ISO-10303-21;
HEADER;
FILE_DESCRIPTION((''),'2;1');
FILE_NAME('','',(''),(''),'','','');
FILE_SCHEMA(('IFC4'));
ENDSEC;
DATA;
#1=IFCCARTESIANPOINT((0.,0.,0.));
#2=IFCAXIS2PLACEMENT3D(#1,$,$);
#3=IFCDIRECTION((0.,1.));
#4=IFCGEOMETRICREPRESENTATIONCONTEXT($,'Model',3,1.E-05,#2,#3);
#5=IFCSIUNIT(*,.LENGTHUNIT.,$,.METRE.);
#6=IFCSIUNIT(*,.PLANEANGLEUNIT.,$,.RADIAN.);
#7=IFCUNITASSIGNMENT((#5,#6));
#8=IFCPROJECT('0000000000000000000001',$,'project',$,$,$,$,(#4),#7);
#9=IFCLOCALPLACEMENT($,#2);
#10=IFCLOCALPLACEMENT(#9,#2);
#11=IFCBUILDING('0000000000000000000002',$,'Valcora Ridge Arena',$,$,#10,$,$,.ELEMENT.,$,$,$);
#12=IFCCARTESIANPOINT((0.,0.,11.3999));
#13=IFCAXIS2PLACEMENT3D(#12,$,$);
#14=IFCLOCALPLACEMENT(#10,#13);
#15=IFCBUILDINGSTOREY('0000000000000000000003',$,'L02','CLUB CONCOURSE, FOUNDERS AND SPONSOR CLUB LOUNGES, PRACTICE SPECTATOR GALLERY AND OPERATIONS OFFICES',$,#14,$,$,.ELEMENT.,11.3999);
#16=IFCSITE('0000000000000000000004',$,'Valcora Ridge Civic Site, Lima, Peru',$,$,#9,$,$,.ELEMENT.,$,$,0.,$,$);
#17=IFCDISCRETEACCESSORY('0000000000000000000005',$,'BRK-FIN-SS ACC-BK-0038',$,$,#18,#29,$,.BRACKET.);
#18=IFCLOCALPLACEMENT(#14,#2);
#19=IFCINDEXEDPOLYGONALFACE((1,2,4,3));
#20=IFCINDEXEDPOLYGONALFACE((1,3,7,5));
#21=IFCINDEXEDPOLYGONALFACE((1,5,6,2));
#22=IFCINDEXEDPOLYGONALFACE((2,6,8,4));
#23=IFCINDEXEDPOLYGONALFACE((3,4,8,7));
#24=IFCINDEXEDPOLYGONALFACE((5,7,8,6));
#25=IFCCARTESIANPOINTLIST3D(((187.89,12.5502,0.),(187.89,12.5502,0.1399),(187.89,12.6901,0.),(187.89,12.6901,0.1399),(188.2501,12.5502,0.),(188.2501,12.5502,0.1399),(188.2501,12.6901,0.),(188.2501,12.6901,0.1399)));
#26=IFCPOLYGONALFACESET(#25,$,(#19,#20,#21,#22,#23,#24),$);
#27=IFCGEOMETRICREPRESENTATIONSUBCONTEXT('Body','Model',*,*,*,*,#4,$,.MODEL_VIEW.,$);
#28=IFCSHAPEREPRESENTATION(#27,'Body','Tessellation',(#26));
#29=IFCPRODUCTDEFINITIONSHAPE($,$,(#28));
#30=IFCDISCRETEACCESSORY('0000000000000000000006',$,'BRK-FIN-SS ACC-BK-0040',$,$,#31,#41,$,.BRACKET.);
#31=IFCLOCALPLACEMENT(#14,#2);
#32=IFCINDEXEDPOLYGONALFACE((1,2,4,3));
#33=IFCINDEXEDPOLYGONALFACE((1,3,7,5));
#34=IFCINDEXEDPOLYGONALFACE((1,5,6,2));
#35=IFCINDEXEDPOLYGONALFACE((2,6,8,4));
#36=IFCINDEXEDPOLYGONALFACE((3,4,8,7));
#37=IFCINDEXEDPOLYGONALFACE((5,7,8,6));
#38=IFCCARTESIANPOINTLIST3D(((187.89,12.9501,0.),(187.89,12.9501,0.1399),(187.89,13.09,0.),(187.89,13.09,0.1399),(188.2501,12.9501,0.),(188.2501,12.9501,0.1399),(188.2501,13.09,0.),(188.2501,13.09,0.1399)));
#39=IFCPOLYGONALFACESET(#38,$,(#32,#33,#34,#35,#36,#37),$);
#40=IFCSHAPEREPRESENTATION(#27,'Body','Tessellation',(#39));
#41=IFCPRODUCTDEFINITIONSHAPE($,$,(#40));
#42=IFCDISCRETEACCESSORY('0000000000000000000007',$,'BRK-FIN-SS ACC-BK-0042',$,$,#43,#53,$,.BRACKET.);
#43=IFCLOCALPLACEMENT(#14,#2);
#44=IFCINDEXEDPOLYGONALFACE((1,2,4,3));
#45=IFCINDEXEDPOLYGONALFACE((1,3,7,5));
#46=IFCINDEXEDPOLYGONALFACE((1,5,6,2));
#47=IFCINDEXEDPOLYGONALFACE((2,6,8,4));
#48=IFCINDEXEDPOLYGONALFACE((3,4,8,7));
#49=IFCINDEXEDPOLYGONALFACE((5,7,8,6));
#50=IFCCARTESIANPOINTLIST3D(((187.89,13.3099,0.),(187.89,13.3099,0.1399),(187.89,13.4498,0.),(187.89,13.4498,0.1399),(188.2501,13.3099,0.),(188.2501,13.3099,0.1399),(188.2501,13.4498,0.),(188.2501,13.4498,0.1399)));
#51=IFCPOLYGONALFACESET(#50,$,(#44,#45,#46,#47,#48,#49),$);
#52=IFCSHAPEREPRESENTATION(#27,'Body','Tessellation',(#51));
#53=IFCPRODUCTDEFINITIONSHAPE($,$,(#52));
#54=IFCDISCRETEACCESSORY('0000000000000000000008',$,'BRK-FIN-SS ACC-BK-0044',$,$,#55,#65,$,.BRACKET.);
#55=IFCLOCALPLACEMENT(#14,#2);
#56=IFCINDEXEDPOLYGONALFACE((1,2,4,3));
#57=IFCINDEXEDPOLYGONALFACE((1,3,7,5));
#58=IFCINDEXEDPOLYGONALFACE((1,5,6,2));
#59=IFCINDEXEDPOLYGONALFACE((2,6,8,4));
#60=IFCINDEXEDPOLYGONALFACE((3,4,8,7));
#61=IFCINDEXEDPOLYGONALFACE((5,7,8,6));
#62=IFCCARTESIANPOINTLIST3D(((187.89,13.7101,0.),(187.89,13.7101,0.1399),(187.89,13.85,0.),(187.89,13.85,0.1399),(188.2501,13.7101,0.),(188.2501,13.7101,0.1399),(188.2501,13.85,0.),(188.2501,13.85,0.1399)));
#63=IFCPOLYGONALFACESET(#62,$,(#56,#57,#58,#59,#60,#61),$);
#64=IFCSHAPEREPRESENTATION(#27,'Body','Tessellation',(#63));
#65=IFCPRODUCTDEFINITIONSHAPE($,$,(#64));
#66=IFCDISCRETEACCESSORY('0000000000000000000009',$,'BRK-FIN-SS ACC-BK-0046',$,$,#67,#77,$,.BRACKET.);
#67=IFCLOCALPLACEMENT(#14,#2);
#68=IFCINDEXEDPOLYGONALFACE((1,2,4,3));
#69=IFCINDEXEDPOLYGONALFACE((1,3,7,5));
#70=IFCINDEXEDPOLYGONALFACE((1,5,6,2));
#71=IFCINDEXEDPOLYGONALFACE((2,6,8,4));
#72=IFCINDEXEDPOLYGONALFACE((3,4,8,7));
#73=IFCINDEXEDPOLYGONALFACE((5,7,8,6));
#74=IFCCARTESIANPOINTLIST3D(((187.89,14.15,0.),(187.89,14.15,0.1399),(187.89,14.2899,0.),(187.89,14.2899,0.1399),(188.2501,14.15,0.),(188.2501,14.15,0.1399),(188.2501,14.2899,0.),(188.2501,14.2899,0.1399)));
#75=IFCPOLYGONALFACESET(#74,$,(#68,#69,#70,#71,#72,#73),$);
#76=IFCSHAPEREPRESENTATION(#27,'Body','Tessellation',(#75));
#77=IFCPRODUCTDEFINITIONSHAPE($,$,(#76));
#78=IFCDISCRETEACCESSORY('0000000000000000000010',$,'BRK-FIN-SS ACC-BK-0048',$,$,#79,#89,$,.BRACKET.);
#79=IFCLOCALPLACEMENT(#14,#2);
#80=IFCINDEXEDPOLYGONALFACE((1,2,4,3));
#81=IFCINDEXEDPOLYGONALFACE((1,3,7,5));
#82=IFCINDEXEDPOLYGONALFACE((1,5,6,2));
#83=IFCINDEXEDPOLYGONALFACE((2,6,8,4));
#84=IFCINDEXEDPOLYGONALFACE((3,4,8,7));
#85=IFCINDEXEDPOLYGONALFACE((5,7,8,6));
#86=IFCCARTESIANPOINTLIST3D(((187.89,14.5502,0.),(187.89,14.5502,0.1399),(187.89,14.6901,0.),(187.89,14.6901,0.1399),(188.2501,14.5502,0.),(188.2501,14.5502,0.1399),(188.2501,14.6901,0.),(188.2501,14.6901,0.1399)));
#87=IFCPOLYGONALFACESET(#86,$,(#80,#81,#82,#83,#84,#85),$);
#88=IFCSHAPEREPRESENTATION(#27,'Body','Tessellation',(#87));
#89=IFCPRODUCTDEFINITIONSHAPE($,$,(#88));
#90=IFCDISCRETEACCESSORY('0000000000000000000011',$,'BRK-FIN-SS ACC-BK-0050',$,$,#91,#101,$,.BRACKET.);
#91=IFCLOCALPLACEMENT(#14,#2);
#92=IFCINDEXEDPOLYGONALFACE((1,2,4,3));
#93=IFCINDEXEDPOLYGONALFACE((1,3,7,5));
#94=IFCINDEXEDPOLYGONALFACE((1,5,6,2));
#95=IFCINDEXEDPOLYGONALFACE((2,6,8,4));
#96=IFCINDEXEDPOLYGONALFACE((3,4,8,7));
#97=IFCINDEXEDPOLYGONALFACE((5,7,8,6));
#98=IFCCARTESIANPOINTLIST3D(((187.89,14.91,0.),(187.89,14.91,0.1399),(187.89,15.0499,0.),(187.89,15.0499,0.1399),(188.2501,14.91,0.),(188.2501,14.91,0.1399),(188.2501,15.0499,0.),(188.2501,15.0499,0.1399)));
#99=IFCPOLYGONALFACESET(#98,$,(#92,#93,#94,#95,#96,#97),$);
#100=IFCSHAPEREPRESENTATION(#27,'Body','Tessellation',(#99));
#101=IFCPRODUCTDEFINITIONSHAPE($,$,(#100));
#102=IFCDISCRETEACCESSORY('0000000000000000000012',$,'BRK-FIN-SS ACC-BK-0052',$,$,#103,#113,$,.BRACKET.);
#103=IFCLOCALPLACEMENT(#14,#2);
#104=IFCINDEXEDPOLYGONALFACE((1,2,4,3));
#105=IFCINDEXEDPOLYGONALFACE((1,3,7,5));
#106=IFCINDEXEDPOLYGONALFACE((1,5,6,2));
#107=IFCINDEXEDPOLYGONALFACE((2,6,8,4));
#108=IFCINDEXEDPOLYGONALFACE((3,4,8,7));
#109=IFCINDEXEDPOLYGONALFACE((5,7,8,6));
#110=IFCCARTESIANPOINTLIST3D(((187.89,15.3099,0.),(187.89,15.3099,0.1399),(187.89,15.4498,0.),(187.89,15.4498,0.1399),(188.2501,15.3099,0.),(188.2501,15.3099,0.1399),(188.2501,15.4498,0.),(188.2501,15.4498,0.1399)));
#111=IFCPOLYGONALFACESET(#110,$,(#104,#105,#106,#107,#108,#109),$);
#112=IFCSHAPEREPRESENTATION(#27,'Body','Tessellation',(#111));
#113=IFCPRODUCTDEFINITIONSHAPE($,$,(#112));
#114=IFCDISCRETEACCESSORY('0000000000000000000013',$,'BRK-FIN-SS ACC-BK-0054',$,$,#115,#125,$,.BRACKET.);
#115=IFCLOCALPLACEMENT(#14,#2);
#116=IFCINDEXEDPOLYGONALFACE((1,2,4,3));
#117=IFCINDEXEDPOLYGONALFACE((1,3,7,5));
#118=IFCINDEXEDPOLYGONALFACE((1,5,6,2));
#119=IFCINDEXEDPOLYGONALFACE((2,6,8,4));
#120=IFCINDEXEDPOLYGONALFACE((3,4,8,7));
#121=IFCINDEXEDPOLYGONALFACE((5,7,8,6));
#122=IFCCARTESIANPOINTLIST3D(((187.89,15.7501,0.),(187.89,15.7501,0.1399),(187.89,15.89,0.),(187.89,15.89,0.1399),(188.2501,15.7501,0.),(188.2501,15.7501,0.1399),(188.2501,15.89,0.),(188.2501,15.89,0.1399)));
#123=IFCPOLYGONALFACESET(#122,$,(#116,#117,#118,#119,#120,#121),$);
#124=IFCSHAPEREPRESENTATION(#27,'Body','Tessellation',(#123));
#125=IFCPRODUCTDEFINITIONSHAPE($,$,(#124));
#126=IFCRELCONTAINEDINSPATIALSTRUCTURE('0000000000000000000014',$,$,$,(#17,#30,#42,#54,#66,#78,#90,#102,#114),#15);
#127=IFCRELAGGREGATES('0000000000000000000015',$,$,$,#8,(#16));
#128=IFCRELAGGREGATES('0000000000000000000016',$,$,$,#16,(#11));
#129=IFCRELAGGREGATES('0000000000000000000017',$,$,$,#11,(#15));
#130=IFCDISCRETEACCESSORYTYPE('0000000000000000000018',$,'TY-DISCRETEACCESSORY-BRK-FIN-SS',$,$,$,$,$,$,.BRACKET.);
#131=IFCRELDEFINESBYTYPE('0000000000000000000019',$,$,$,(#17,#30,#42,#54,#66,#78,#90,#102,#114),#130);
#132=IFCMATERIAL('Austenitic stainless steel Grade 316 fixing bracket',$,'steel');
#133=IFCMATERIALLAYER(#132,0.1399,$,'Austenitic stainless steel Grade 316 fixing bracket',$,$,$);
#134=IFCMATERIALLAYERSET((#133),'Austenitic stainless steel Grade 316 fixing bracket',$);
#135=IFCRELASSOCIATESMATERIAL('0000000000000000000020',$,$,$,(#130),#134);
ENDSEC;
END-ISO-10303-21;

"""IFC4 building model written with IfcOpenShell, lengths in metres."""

from ifc_helpers import new_model, si_unit, direction, frame, origin, origin_2d, place, context, subcontext, project, spatial, rectangle, extrude, material, layer, layer_set, type_object, element, save


model = new_model("IFC4")

# Units and contexts
model_context = context("Model", 3, precision=1e-05, world=origin(), true_north=direction((0.0, 1.0)))
body_context = subcontext(model_context, "Body", "Model", "MODEL_VIEW")
ifc_project = project(units=[si_unit("LENGTHUNIT", "METRE"), si_unit("PLANEANGLEUNIT", "RADIAN")], contexts=[model_context])

# Site, building, storey
site_placement = place(None, origin())
site = spatial("IfcSite", under=ifc_project, at=site_placement, Name="Valcora Ridge Civic Site, Lima, Peru", CompositionType="ELEMENT", RefElevation=0.0)
building_placement = place(site_placement, origin())
building = spatial("IfcBuilding", under=site, at=building_placement, Name="Valcora Ridge Arena", CompositionType="ELEMENT")
storey_placement = place(building_placement, frame((0.0, 0.0, 11.3999)))
storey = spatial("IfcBuildingStorey", under=building, at=storey_placement, Name="L02", Description="CLUB CONCOURSE, FOUNDERS AND SPONSOR CLUB LOUNGES, PRACTICE SPECTATOR GALLERY AND OPERATIONS OFFICES", CompositionType="ELEMENT", Elevation=11.3999)

# Discrete accessories
ifc_material_1 = material(Name="Austenitic stainless steel Grade 316 fixing bracket", Category="steel")
ifc_layer = layer(ifc_material_1, 0.1399, Name="Austenitic stainless steel Grade 316 fixing bracket")
ifc_layer_set = layer_set([ifc_layer], Name="Austenitic stainless steel Grade 316 fixing bracket")
discrete_accessory_type = type_object("IfcDiscreteAccessoryType", Name="TY-DISCRETEACCESSORY-BRK-FIN-SS", PredefinedType="BRACKET", material=ifc_layer_set)
for number, where, z_axis, x_axis, name in (
    (1, (188.0701, 12.6201, 0.0), (0.0, 0.0, 1.0), (1.0, 0.0, 0.0), "BRK-FIN-SS ACC-BK-0038"),
    (2, (188.0701, 13.02, 0.0), (0.0, 0.0, 1.0), (1.0, 0.0, 0.0), "BRK-FIN-SS ACC-BK-0040"),
    (3, (188.0701, 13.3799, 0.0), (0.0, 0.0, 1.0), (1.0, 0.0, 0.0), "BRK-FIN-SS ACC-BK-0042"),
    (4, (188.0701, 13.78, 0.0), (0.0, 0.0, 1.0), (1.0, 0.0, 0.0), "BRK-FIN-SS ACC-BK-0044"),
    (5, (188.0701, 14.22, 0.0), (0.0, 0.0, 1.0), (1.0, 0.0, 0.0), "BRK-FIN-SS ACC-BK-0046"),
    (6, (188.0701, 14.6201, 0.0), (0.0, 0.0, 1.0), (1.0, 0.0, 0.0), "BRK-FIN-SS ACC-BK-0048"),
    (7, (188.0701, 14.98, 0.0), (0.0, 0.0, 1.0), (1.0, 0.0, 0.0), "BRK-FIN-SS ACC-BK-0050"),
    (8, (188.0701, 15.3799, 0.0), (0.0, 0.0, 1.0), (1.0, 0.0, 0.0), "BRK-FIN-SS ACC-BK-0052"),
    (9, (188.0701, 15.8201, 0.0), (0.0, 0.0, 1.0), (1.0, 0.0, 0.0), "BRK-FIN-SS ACC-BK-0054"),
):
    element("IfcDiscreteAccessory", number, at=place(storey_placement, frame(where, z_axis=z_axis, x_axis=x_axis)), inside=storey, type_object=discrete_accessory_type, Name=name, PredefinedType="BRACKET", context=body_context, shape_type="SweptSolid", body=[
        extrude(rectangle(XDim=0.3601, YDim=0.1399, at=origin_2d()), origin(), (0.0, 0.0, 1.0), 0.1399),
    ])

save(model, "model.ifc")
